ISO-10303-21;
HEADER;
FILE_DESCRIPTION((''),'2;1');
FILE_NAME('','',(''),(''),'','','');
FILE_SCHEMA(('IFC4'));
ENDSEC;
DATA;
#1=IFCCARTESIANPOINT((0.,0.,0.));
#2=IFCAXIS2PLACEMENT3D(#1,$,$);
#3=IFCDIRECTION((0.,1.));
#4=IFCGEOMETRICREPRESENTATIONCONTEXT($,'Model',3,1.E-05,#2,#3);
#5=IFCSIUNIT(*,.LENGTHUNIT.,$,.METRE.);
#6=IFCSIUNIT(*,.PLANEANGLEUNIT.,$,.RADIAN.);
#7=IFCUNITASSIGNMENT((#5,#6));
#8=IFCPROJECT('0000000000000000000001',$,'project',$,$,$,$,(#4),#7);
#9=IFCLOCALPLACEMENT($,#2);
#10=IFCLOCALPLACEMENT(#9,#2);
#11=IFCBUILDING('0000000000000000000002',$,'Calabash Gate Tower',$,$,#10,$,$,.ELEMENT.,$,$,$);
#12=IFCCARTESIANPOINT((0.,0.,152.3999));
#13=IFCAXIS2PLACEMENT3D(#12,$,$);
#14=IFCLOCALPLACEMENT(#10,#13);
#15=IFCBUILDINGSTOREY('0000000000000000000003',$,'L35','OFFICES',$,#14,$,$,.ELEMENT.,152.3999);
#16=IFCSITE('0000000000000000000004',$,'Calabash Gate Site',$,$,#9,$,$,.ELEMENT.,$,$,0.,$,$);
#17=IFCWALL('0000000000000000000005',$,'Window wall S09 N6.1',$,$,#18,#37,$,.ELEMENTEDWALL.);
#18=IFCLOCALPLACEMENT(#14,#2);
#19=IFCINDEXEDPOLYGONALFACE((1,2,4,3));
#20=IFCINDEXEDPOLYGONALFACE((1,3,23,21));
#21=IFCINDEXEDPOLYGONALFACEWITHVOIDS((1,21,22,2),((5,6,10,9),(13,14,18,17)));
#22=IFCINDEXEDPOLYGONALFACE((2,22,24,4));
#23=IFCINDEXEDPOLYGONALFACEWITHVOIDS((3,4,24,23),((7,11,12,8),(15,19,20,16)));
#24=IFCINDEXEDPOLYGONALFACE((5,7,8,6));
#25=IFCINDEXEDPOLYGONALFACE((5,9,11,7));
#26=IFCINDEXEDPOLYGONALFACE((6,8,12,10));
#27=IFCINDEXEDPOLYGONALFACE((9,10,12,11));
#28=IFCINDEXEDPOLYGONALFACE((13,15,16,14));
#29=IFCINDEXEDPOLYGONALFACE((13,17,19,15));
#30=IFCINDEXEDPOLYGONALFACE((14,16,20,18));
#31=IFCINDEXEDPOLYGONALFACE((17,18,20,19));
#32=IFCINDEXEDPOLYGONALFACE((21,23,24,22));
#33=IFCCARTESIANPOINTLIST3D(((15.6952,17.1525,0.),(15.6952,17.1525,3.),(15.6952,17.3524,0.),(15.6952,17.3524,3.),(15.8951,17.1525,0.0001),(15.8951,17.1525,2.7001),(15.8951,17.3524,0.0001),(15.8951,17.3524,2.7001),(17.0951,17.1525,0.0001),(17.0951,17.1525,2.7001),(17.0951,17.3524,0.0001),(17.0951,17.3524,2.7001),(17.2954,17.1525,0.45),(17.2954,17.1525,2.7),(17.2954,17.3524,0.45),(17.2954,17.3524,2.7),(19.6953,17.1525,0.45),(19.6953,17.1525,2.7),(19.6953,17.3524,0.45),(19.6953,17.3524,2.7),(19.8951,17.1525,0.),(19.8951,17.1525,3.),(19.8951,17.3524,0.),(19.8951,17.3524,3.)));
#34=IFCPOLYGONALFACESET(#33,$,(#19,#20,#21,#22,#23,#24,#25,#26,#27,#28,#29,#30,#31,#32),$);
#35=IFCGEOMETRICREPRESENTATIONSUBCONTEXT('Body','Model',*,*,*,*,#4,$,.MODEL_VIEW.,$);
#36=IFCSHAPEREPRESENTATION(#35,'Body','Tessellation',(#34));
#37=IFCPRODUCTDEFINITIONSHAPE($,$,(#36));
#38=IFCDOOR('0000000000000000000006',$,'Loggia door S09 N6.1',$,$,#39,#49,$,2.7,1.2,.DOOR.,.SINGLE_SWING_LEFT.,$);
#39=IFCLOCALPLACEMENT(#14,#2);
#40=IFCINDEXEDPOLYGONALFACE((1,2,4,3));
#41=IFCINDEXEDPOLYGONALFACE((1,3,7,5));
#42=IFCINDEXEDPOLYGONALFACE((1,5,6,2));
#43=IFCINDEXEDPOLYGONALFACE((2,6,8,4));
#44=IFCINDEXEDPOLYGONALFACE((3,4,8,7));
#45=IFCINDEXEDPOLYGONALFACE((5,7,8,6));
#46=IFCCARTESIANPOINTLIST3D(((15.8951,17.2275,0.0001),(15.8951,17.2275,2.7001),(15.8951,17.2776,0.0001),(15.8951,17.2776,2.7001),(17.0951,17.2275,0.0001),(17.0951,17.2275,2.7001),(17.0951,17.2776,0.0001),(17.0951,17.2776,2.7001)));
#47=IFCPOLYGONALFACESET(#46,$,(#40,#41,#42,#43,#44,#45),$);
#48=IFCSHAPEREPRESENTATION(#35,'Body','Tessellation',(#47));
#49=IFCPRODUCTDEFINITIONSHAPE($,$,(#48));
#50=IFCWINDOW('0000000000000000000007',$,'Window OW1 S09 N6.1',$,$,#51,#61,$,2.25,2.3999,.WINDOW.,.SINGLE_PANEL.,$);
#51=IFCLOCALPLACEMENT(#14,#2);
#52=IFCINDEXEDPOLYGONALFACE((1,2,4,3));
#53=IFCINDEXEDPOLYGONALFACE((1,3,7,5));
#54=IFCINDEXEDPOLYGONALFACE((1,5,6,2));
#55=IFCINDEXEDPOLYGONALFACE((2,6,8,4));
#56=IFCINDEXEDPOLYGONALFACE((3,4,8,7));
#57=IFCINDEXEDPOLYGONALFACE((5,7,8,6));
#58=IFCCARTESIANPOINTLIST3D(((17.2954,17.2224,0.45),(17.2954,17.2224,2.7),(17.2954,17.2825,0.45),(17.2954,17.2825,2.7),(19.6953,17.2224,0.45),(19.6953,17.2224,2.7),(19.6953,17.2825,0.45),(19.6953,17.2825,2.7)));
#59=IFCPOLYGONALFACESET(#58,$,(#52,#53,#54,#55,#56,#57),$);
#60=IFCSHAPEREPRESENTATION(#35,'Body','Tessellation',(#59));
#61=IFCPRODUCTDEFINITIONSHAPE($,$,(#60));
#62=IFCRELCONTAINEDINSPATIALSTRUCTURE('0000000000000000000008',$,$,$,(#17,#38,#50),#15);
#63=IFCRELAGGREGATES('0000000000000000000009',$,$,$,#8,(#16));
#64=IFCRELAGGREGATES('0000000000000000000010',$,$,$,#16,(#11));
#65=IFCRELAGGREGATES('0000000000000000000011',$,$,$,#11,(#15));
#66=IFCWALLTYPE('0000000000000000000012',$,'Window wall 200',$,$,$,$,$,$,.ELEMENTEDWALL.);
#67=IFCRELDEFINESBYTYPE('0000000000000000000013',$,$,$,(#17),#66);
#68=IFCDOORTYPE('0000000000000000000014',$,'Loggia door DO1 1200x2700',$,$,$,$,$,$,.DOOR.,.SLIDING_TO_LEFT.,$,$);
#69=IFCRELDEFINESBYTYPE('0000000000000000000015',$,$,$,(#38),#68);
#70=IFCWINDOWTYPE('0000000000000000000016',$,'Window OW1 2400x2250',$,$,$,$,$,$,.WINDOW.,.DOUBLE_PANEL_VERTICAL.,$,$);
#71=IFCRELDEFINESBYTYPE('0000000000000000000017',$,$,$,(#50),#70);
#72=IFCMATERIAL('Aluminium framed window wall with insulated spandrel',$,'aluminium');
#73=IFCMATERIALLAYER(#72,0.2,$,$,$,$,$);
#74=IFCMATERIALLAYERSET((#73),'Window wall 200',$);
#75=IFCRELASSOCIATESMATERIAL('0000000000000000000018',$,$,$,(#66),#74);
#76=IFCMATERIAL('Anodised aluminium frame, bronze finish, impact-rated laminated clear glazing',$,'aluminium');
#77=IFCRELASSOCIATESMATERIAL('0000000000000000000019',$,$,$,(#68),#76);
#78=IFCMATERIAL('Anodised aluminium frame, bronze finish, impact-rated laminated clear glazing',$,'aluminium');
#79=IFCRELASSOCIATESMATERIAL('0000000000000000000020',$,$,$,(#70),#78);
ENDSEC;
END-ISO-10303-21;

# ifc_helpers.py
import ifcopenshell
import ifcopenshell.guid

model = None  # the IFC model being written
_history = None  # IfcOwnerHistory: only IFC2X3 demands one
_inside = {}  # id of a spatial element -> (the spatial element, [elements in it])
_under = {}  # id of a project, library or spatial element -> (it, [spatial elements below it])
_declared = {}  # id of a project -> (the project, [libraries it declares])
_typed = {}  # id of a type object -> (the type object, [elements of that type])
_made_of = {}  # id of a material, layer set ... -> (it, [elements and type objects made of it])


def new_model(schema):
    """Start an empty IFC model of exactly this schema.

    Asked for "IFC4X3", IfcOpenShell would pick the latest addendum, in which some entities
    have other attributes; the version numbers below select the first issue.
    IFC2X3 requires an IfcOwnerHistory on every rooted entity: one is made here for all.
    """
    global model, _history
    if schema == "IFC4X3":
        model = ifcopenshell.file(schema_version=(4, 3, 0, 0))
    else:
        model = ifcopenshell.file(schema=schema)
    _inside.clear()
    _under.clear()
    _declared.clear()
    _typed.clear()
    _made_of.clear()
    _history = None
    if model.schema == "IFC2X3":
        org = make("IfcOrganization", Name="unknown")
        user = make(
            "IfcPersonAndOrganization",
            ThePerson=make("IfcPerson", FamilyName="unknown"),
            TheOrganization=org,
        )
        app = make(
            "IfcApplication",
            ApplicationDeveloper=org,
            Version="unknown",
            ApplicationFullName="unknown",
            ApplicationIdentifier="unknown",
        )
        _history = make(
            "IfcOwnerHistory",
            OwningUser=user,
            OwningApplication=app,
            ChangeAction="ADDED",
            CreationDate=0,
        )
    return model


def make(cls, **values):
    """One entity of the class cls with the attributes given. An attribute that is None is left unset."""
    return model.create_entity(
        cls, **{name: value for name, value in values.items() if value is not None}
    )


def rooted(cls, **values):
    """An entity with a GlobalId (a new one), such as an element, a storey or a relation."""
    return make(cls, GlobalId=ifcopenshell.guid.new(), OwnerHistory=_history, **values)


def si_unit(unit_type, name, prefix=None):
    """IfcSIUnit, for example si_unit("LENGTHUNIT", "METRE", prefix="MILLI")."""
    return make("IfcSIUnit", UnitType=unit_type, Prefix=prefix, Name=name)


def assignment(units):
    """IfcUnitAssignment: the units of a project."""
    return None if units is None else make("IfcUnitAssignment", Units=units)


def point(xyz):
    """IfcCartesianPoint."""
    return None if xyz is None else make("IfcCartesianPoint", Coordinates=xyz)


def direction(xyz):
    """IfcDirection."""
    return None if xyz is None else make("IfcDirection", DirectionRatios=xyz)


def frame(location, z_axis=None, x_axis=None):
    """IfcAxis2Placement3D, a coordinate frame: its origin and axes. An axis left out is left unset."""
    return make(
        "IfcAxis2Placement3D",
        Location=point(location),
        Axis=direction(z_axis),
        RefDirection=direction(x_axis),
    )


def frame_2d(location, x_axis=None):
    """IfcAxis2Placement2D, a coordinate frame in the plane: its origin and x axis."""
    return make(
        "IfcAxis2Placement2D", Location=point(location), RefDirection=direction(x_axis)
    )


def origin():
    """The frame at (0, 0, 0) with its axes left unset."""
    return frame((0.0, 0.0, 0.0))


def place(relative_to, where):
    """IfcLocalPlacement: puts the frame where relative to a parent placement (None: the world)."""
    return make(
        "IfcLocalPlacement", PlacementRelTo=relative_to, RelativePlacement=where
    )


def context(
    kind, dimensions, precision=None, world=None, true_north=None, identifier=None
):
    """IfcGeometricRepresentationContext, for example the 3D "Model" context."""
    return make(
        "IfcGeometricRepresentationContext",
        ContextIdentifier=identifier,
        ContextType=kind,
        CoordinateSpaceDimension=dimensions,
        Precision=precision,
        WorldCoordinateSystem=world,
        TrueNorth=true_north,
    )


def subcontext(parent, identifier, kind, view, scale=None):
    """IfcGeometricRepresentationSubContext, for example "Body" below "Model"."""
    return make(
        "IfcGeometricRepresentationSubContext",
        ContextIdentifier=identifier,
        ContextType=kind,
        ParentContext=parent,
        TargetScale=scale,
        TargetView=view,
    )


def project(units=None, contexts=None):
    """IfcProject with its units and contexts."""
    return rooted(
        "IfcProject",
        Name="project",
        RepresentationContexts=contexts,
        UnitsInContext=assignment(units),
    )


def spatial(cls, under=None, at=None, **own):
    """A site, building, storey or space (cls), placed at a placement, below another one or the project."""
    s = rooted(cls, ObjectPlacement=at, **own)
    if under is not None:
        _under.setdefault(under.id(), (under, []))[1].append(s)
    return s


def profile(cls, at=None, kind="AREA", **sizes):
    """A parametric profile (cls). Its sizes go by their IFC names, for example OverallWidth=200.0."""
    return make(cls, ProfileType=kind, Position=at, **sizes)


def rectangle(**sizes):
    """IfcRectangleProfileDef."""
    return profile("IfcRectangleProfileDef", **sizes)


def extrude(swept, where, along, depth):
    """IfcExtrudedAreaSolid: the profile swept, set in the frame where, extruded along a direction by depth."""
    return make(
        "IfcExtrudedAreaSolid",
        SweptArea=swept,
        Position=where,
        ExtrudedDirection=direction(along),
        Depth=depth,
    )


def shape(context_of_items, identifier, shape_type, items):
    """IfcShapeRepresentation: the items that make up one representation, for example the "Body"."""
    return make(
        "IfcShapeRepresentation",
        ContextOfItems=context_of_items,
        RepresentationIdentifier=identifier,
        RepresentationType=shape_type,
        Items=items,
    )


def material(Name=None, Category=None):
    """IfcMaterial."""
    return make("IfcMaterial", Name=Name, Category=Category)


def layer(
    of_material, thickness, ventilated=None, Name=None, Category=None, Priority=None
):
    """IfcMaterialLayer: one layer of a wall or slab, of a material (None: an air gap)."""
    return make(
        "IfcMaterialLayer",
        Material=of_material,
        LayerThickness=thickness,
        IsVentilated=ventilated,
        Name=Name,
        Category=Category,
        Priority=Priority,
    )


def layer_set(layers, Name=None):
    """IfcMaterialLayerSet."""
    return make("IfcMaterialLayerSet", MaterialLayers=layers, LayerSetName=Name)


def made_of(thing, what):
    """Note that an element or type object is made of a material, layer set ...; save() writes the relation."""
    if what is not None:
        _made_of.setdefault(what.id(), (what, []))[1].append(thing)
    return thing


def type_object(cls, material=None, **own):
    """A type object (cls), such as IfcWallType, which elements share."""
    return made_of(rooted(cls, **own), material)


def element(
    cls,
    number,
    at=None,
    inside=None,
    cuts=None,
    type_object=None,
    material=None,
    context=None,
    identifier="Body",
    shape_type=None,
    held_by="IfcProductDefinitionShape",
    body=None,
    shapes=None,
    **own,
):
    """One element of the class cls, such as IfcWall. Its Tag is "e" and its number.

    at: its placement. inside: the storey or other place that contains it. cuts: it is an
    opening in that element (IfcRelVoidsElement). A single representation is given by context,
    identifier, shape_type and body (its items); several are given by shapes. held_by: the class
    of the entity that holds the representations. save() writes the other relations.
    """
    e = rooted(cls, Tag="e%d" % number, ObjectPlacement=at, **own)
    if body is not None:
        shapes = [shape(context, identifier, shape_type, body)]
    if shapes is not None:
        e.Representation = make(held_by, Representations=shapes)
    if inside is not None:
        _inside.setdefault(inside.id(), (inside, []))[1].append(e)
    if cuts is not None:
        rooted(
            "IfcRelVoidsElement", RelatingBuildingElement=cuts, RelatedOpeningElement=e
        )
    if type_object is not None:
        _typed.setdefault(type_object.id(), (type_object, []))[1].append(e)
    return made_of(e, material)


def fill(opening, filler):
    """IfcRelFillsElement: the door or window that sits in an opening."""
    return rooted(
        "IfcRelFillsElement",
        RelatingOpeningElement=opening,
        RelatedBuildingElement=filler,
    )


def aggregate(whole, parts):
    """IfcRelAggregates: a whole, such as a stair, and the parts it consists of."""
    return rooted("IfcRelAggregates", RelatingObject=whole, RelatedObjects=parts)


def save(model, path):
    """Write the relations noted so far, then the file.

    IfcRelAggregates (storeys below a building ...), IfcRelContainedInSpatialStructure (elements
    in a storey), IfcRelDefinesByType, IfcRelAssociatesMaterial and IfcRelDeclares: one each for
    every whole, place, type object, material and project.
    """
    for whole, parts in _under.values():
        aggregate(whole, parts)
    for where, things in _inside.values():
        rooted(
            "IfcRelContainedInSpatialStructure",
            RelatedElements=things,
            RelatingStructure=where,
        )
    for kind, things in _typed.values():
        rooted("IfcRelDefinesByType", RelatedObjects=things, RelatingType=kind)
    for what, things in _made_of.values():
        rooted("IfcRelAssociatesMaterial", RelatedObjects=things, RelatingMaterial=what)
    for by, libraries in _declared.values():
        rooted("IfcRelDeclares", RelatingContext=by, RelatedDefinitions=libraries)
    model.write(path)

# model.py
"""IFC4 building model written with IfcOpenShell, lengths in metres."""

from ifc_helpers import new_model, si_unit, direction, frame, frame_2d, origin, place, context, subcontext, project, spatial, rectangle, extrude, material, layer, layer_set, type_object, element, fill, save


model = new_model("IFC4")

# Units and contexts
model_context = context("Model", 3, precision=1e-05, world=origin(), true_north=direction((0.0, 1.0)))
body_context = subcontext(model_context, "Body", "Model", "MODEL_VIEW")
ifc_project = project(units=[si_unit("LENGTHUNIT", "METRE"), si_unit("PLANEANGLEUNIT", "RADIAN")], contexts=[model_context])

# Site, building, storey
site_placement = place(None, origin())
site = spatial("IfcSite", under=ifc_project, at=site_placement, Name="Calabash Gate Site", CompositionType="ELEMENT", RefElevation=0.0)
building_placement = place(site_placement, origin())
building = spatial("IfcBuilding", under=site, at=building_placement, Name="Calabash Gate Tower", CompositionType="ELEMENT")
storey_placement = place(building_placement, frame((0.0, 0.0, 152.3999)))
storey = spatial("IfcBuildingStorey", under=building, at=storey_placement, Name="L35", Description="OFFICES", CompositionType="ELEMENT", Elevation=152.3999)

# Shared definitions
ifc_material_1 = material(Name="Aluminium framed window wall with insulated spandrel", Category="aluminium")
ifc_layer_1 = layer(ifc_material_1, 0.2)
ifc_layer_set_1 = layer_set([ifc_layer_1], Name="Window wall 200")
wall_type_1 = type_object("IfcWallType", Name="Window wall 200", PredefinedType="ELEMENTEDWALL", material=ifc_layer_set_1)

# Wall, openings, door, window
wall_1_placement = place(storey_placement, frame((19.8953, 17.2524, 0.0), z_axis=(0.0, 0.0, 1.0), x_axis=(-1.0, 0.0, 0.0)))
wall_1 = element("IfcWall", 1, at=wall_1_placement, inside=storey, type_object=wall_type_1, Name="Window wall S09 N6.1", PredefinedType="ELEMENTEDWALL", context=body_context, shape_type="SweptSolid", body=[
    extrude(rectangle(XDim=4.2, YDim=0.2, at=frame_2d((2.1001, 0.0))), origin(), (0.0, 0.0, 1.0), 3.0),
])
opening_1_placement = place(wall_1_placement, frame((0.2, 0.0, 0.45)))
opening_1 = element("IfcOpeningElement", 2, at=opening_1_placement, cuts=wall_1, PredefinedType="OPENING", context=body_context, shape_type="SweptSolid", body=[
    extrude(rectangle(XDim=2.3999, YDim=2.25, at=frame_2d((1.2, 1.125))), frame((0.0, 0.1099, 0.0), z_axis=(0.0, -1.0, 0.0), x_axis=(1.0, 0.0, 0.0)), (0.0, 0.0, 1.0), 0.22),
])
opening_2_placement = place(wall_1_placement, frame((2.8, 0.0, 0.0)))
opening_2 = element("IfcOpeningElement", 3, at=opening_2_placement, cuts=wall_1, PredefinedType="OPENING", context=body_context, shape_type="SweptSolid", body=[
    extrude(rectangle(XDim=1.2, YDim=2.7, at=frame_2d((0.6001, 1.3501))), frame((0.0, 0.1099, 0.0), z_axis=(0.0, -1.0, 0.0), x_axis=(1.0, 0.0, 0.0)), (0.0, 0.0, 1.0), 0.22),
])
ifc_material_2 = material(Name="Anodised aluminium frame, bronze finish, impact-rated laminated clear glazing", Category="aluminium")
door_type_1 = type_object("IfcDoorType", Name="Loggia door DO1 1200x2700", OperationType="SLIDING_TO_LEFT", PredefinedType="DOOR", material=ifc_material_2)
door_1_placement = place(opening_2_placement, origin())
door_1 = element("IfcDoor", 4, at=door_1_placement, inside=storey, type_object=door_type_1, Name="Loggia door S09 N6.1", OperationType="SINGLE_SWING_LEFT", OverallHeight=2.7, OverallWidth=1.2, PredefinedType="DOOR", context=body_context, shape_type="SweptSolid", body=[
    extrude(rectangle(XDim=1.2, YDim=2.7, at=frame_2d((0.6001, 1.3501))), frame((0.0, 0.0249, 0.0), z_axis=(0.0, -1.0, 0.0), x_axis=(1.0, 0.0, 0.0)), (0.0, 0.0, 1.0), 0.05),
])
fill(opening_2, door_1)
ifc_material_3 = material(Name="Anodised aluminium frame, bronze finish, impact-rated laminated clear glazing", Category="aluminium")
window_type_1 = type_object("IfcWindowType", Name="Window OW1 2400x2250", PartitioningType="DOUBLE_PANEL_VERTICAL", PredefinedType="WINDOW", material=ifc_material_3)
window_1_placement = place(opening_1_placement, origin())
window_1 = element("IfcWindow", 5, at=window_1_placement, inside=storey, type_object=window_type_1, Name="Window OW1 S09 N6.1", OverallHeight=2.25, OverallWidth=2.3999, PartitioningType="SINGLE_PANEL", PredefinedType="WINDOW", context=body_context, shape_type="SweptSolid", body=[
    extrude(rectangle(XDim=2.3999, YDim=2.25, at=frame_2d((1.2, 1.125))), frame((0.0, 0.03, 0.0), z_axis=(0.0, -1.0, 0.0), x_axis=(1.0, 0.0, 0.0)), (0.0, 0.0, 1.0), 0.0601),
])
fill(opening_1, window_1)

save(model, "model.ifc")
